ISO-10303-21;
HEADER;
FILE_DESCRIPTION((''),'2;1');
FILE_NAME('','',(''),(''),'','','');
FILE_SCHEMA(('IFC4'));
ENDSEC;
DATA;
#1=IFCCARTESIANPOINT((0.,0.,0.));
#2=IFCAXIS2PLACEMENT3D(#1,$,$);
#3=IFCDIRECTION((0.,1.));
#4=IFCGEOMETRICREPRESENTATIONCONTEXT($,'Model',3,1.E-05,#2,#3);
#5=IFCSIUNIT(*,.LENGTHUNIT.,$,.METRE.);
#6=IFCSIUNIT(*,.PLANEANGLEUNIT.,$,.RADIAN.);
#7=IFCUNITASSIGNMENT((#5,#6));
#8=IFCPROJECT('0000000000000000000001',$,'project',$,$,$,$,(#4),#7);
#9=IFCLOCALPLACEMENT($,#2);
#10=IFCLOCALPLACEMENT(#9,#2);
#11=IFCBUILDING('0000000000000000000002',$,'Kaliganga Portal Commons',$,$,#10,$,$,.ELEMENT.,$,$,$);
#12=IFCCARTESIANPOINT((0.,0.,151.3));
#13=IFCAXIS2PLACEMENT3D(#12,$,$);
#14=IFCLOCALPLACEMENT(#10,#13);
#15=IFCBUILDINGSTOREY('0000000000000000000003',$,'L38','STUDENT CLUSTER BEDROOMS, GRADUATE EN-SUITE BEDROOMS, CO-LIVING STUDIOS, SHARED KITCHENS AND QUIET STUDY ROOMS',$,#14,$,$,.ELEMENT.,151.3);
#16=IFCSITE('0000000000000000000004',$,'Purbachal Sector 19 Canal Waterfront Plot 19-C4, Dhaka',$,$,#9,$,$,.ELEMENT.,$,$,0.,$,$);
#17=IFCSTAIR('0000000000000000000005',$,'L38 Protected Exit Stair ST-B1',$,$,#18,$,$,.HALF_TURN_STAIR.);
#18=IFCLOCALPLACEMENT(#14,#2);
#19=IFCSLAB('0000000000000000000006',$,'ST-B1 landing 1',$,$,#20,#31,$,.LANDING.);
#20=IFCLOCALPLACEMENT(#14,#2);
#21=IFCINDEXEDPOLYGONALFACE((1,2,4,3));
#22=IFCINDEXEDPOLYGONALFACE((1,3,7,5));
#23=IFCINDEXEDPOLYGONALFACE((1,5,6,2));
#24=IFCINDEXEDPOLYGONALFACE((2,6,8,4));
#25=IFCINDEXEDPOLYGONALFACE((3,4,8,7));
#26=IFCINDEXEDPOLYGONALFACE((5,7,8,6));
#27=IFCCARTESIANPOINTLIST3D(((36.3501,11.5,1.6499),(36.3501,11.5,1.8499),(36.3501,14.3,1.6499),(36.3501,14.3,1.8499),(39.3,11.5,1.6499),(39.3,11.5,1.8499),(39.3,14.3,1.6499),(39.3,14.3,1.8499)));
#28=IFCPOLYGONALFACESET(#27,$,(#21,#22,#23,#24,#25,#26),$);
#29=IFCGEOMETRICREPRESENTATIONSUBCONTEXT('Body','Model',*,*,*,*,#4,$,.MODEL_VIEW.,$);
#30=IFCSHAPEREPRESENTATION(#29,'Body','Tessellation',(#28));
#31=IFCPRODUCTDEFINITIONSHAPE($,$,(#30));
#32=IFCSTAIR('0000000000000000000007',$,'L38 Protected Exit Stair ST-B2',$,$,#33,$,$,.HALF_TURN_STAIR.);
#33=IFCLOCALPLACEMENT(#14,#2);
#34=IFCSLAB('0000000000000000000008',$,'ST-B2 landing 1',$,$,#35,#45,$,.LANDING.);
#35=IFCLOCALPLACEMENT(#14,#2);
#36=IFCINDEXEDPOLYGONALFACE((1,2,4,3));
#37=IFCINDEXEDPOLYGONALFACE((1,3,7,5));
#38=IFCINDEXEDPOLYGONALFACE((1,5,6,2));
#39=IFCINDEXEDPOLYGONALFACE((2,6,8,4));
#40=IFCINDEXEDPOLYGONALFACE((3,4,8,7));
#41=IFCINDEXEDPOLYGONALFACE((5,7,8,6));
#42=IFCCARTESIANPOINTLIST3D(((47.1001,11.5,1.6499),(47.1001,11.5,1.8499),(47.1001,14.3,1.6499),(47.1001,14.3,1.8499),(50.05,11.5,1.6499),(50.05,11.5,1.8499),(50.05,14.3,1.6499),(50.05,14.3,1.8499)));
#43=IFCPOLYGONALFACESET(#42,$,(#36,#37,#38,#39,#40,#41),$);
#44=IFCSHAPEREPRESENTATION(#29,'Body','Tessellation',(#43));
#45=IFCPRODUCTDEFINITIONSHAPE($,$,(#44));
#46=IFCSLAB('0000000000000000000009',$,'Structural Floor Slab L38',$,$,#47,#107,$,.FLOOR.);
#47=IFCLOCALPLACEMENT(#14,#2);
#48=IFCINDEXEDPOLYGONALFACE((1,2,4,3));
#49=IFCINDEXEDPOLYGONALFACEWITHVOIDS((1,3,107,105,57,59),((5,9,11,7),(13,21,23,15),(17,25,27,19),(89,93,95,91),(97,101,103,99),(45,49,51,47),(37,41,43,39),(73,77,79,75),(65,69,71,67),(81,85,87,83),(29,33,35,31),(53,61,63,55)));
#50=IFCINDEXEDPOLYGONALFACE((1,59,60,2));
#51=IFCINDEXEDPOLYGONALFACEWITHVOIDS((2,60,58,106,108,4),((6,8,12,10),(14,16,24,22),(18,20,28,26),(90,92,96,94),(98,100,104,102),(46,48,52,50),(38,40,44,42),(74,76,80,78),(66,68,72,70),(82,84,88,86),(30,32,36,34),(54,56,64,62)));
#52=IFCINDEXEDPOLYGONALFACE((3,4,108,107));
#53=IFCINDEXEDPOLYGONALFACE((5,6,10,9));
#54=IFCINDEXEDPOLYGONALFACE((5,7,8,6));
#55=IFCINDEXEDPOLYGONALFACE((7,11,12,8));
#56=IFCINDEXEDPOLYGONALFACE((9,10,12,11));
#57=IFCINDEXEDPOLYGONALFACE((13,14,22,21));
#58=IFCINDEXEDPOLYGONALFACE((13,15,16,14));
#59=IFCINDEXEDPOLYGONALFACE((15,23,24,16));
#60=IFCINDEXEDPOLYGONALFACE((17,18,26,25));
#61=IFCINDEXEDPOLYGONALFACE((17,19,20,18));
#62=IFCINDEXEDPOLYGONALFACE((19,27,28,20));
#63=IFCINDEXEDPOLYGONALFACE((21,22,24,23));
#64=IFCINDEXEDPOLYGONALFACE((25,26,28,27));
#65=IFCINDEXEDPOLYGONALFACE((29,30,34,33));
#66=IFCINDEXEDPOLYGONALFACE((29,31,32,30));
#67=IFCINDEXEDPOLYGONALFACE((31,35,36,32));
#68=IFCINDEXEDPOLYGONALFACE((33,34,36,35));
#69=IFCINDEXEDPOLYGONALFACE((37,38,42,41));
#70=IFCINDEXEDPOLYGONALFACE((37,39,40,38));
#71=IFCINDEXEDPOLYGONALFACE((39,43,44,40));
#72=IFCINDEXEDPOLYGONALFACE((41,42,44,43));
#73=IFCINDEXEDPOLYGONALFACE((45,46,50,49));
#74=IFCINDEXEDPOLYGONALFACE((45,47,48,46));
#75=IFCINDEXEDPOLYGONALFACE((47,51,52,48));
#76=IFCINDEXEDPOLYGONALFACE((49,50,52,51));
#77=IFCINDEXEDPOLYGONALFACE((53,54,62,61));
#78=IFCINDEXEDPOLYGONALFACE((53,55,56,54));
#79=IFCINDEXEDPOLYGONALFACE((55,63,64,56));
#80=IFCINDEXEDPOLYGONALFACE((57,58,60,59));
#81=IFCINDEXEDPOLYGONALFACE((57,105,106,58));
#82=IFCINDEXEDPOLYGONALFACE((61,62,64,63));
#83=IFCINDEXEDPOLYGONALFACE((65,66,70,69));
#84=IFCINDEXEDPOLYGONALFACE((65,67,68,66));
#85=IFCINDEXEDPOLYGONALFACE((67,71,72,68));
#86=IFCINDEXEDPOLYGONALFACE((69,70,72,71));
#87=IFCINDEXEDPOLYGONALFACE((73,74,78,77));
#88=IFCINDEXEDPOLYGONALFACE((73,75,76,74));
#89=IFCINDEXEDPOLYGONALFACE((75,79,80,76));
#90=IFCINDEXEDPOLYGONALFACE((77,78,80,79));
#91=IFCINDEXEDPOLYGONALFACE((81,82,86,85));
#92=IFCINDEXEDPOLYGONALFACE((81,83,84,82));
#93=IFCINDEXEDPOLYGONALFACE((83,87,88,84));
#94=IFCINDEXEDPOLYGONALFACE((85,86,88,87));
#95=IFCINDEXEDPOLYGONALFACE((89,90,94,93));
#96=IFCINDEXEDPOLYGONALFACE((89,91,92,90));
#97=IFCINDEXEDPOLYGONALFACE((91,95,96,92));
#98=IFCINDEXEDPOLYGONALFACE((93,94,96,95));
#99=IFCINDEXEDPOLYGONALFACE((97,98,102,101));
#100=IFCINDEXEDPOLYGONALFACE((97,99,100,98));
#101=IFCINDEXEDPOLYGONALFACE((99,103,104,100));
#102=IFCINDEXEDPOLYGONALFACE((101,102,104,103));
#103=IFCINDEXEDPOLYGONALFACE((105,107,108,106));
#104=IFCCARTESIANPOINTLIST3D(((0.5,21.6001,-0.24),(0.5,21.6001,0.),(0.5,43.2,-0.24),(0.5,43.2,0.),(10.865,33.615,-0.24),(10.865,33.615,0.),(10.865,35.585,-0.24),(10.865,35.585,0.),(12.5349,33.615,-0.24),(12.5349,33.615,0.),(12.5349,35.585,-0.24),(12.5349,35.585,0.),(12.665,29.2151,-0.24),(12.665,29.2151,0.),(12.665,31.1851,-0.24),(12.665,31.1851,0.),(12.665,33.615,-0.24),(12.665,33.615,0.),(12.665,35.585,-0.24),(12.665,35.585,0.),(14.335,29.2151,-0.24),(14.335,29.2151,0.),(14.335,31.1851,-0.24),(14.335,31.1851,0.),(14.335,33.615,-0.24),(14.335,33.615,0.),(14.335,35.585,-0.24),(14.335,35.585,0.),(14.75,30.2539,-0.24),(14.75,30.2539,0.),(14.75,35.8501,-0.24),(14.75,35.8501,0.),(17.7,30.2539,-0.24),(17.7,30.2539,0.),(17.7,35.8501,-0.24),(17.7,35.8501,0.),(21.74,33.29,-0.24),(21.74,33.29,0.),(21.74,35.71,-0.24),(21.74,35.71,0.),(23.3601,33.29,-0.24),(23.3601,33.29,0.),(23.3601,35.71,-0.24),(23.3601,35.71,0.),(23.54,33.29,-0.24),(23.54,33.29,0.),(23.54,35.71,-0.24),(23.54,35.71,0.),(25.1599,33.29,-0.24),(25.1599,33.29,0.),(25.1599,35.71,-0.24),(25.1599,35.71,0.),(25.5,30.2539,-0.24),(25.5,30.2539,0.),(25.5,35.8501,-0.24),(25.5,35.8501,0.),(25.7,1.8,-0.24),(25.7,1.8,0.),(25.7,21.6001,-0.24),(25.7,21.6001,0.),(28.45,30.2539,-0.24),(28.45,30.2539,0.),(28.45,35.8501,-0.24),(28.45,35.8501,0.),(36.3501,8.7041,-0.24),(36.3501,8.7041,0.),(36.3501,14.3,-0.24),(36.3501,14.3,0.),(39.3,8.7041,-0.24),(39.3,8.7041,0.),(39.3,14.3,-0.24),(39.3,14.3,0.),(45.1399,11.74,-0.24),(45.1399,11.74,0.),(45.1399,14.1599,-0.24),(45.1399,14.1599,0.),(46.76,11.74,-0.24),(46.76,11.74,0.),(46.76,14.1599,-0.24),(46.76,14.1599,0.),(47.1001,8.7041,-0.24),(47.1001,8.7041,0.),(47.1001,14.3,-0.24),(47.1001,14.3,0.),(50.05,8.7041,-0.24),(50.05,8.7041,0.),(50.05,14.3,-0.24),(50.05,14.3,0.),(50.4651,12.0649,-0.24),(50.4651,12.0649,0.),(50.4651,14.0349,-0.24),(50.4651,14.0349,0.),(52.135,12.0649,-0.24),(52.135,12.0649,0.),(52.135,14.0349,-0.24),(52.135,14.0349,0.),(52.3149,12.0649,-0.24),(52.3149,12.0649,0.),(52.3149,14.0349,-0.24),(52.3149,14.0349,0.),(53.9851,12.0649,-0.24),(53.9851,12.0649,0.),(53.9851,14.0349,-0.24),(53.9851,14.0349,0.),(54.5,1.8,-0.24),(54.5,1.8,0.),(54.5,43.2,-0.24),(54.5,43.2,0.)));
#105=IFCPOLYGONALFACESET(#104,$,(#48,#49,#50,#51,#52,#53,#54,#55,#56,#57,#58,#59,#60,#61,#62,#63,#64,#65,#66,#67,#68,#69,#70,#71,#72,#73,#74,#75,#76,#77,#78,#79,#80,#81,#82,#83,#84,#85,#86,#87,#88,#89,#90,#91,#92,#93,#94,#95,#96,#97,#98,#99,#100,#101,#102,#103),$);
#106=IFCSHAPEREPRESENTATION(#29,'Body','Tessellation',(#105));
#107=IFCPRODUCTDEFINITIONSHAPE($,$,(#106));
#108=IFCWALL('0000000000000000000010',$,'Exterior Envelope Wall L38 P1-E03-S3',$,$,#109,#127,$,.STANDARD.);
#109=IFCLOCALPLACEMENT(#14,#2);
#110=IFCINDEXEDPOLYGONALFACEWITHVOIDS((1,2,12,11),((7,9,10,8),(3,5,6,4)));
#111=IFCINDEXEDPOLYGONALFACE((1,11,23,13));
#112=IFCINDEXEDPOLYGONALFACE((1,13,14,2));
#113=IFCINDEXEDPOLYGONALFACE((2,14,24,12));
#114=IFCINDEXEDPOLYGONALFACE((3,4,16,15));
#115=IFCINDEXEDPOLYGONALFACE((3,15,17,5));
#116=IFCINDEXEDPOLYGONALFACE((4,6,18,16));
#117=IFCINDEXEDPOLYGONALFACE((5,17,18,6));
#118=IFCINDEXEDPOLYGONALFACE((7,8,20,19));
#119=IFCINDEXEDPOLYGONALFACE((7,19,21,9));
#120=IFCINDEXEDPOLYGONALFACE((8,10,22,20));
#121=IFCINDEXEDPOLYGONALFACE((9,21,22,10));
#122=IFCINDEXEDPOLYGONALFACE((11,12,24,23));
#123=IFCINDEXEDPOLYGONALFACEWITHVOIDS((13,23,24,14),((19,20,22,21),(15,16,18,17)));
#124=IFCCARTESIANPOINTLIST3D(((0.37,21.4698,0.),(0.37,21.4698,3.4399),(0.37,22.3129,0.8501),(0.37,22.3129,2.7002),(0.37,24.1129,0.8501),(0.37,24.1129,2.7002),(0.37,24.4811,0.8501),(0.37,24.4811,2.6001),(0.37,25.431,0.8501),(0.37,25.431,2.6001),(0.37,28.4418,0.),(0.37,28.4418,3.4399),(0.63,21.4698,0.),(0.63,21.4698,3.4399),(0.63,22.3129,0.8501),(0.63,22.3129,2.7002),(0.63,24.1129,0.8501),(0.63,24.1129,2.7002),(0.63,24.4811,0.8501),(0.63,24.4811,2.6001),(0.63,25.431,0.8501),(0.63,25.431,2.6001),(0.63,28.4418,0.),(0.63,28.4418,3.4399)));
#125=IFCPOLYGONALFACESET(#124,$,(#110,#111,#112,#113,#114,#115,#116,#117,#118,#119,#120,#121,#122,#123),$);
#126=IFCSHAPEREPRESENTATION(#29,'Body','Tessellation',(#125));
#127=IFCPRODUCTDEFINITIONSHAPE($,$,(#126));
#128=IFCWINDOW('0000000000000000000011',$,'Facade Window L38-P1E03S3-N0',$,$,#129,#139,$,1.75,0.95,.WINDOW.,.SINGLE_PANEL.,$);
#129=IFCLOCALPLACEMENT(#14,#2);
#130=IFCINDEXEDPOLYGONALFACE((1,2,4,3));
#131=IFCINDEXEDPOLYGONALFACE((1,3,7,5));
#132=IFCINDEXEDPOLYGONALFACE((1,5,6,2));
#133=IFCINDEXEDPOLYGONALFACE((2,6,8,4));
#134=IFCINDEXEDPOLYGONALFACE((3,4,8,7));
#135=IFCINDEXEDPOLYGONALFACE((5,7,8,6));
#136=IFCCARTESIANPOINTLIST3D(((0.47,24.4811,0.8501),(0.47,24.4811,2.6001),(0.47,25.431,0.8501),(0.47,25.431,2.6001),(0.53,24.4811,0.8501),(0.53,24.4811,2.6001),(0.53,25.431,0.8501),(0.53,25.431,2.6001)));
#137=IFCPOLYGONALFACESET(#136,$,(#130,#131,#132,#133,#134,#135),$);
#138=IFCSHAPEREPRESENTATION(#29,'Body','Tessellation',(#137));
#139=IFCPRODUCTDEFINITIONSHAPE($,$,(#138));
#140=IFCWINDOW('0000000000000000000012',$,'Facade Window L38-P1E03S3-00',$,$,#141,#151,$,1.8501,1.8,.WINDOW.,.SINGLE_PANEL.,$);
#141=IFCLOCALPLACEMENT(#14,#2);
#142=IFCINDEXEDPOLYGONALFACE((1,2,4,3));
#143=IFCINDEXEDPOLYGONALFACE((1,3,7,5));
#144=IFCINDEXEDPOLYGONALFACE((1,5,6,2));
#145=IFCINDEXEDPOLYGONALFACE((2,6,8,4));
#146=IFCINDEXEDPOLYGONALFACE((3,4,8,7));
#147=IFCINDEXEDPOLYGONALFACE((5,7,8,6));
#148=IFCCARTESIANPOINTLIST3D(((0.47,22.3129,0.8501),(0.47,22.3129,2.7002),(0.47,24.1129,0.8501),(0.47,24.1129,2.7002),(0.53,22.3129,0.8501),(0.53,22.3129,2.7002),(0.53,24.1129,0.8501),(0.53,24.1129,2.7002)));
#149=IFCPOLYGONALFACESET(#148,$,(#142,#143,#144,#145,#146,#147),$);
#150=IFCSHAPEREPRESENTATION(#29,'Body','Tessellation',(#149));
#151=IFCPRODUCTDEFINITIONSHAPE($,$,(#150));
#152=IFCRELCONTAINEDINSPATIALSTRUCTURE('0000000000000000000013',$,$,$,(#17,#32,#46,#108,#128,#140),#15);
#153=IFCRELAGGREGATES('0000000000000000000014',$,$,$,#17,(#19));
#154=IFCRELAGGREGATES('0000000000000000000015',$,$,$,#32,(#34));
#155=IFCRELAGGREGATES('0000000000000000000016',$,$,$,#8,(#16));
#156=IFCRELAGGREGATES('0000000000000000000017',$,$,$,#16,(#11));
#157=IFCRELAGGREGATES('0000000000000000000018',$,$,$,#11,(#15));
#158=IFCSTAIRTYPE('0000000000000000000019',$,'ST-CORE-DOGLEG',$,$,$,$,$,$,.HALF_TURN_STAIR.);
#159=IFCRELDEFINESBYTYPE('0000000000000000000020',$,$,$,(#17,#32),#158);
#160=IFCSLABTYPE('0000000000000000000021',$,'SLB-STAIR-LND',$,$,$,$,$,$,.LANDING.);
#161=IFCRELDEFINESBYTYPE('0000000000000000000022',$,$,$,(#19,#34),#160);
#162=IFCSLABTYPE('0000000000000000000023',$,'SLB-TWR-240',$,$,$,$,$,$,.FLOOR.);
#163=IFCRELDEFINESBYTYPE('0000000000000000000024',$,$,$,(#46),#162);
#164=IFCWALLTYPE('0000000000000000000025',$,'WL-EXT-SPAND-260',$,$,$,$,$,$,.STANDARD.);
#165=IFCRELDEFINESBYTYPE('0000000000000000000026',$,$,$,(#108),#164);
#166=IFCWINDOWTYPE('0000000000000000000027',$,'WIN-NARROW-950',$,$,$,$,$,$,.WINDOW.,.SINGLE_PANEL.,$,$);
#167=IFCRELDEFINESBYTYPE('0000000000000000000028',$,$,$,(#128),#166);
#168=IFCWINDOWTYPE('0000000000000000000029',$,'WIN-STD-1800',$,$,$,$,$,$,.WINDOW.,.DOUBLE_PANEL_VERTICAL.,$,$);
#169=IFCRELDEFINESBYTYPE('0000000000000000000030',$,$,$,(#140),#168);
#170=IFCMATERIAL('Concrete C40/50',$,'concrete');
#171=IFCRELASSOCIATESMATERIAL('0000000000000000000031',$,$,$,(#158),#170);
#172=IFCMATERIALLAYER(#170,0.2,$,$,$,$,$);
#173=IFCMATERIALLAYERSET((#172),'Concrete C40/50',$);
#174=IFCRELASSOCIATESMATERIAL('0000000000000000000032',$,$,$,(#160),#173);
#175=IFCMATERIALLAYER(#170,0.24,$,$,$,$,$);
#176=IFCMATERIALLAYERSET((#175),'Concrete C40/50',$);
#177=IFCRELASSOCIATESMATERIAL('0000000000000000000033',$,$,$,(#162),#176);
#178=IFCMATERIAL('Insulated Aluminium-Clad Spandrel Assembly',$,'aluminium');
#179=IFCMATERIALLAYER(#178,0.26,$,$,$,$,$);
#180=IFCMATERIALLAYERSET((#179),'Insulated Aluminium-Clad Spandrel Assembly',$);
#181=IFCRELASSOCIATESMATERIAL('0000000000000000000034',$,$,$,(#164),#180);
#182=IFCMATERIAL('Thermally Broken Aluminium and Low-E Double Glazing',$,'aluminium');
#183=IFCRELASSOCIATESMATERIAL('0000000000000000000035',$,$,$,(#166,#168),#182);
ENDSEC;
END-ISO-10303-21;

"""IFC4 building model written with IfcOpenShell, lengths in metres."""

from ifc_helpers import new_model, si_unit, direction, frame, frame_2d, origin, place, context, subcontext, project, spatial, polyline, rectangle, outline, extrude, material, layer, layer_set, type_object, element, fill, aggregate, save


model = new_model("IFC4")

# Units and contexts
model_context = context("Model", 3, precision=1e-05, world=origin(), true_north=direction((0.0, 1.0)))
body_context = subcontext(model_context, "Body", "Model", "MODEL_VIEW")
ifc_project = project(units=[si_unit("LENGTHUNIT", "METRE"), si_unit("PLANEANGLEUNIT", "RADIAN")], contexts=[model_context])

# Site, building, storey
site_placement = place(None, origin())
site = spatial("IfcSite", under=ifc_project, at=site_placement, Name="Purbachal Sector 19 Canal Waterfront Plot 19-C4, Dhaka", CompositionType="ELEMENT", RefElevation=0.0)
building_placement = place(site_placement, origin())
building = spatial("IfcBuilding", under=site, at=building_placement, Name="Kaliganga Portal Commons", CompositionType="ELEMENT")
storey_placement = place(building_placement, frame((0.0, 0.0, 151.3)))
storey = spatial("IfcBuildingStorey", under=building, at=storey_placement, Name="L38", Description="STUDENT CLUSTER BEDROOMS, GRADUATE EN-SUITE BEDROOMS, CO-LIVING STUDIOS, SHARED KITCHENS AND QUIET STUDY ROOMS", CompositionType="ELEMENT", Elevation=151.3)

# Shared definitions
ifc_material_1 = material(Name="Concrete C40/50", Category="concrete")

# Stairs, slabs
stair_type = type_object("IfcStairType", Name="ST-CORE-DOGLEG", PredefinedType="HALF_TURN_STAIR", material=ifc_material_1)
ifc_layer_1 = layer(ifc_material_1, 0.2)
ifc_layer_set_1 = layer_set([ifc_layer_1], Name="Concrete C40/50")
slab_type_1 = type_object("IfcSlabType", Name="SLB-STAIR-LND", PredefinedType="LANDING", material=ifc_layer_set_1)
stair_1_placement = place(storey_placement, origin())
stair_1 = element("IfcStair", 1, at=stair_1_placement, inside=storey, type_object=stair_type, Name="L38 Protected Exit Stair ST-B1", PredefinedType="HALF_TURN_STAIR")
slab_1_placement = place(storey_placement, frame((0.0, 0.0, 1.6499)))
slab_1 = element("IfcSlab", 2, at=slab_1_placement, type_object=slab_type_1, Name="ST-B1 landing 1", PredefinedType="LANDING", context=body_context, shape_type="SweptSolid", body=[
    extrude(outline(polyline([(39.3, 11.5), (39.3, 14.3), (36.3501, 14.3), (36.3501, 11.5), (39.3, 11.5)])), origin(), (0.0, 0.0, 1.0), 0.2),
])
aggregate(stair_1, [slab_1])
stair_2_placement = place(storey_placement, origin())
stair_2 = element("IfcStair", 3, at=stair_2_placement, inside=storey, type_object=stair_type, Name="L38 Protected Exit Stair ST-B2", PredefinedType="HALF_TURN_STAIR")
slab_2_placement = place(storey_placement, frame((0.0, 0.0, 1.6499)))
slab_2 = element("IfcSlab", 4, at=slab_2_placement, type_object=slab_type_1, Name="ST-B2 landing 1", PredefinedType="LANDING", context=body_context, shape_type="SweptSolid", body=[
    extrude(outline(polyline([(50.05, 11.5), (50.05, 14.3), (47.1001, 14.3), (47.1001, 11.5), (50.05, 11.5)])), origin(), (0.0, 0.0, 1.0), 0.2),
])
aggregate(stair_2, [slab_2])

# Slab
ifc_layer_2 = layer(ifc_material_1, 0.24)
ifc_layer_set_2 = layer_set([ifc_layer_2], Name="Concrete C40/50")
slab_type_2 = type_object("IfcSlabType", Name="SLB-TWR-240", PredefinedType="FLOOR", material=ifc_layer_set_2)
slab_3_placement = place(storey_placement, frame((0.0, 0.0, -0.24)))
element("IfcSlab", 5, at=slab_3_placement, inside=storey, type_object=slab_type_2, Name="Structural Floor Slab L38", PredefinedType="FLOOR", context=body_context, shape_type="SweptSolid", body=[
    extrude(outline(polyline([(25.7, 1.8), (54.5, 1.8), (54.5, 43.2), (0.5, 43.2), (0.5, 21.6001), (25.7, 21.6001), (25.7, 1.8)]), holes=[polyline([(14.75, 30.2539), (14.75, 35.8501), (17.7, 35.8501), (17.7, 30.2539), (14.75, 30.2539)]), polyline([(25.5, 30.2539), (25.5, 35.8501), (28.45, 35.8501), (28.45, 30.2539), (25.5, 30.2539)]), polyline([(36.3501, 8.7041), (36.3501, 14.3), (39.3, 14.3), (39.3, 8.7041), (36.3501, 8.7041)]), polyline([(47.1001, 8.7041), (47.1001, 14.3), (50.05, 14.3), (50.05, 8.7041), (47.1001, 8.7041)]), polyline([(12.665, 33.615), (12.665, 35.585), (14.335, 35.585), (14.335, 33.615), (12.665, 33.615)]), polyline([(12.665, 29.2151), (12.665, 31.1851), (14.335, 31.1851), (14.335, 29.2151), (12.665, 29.2151)]), polyline([(10.865, 33.615), (10.865, 35.585), (12.5349, 35.585), (12.5349, 33.615), (10.865, 33.615)]), polyline([(21.74, 33.29), (21.74, 35.71), (23.3601, 35.71), (23.3601, 33.29), (21.74, 33.29)]), polyline([(23.54, 33.29), (23.54, 35.71), (25.1599, 35.71), (25.1599, 33.29), (23.54, 33.29)]), polyline([(50.4651, 12.0649), (50.4651, 14.0349), (52.135, 14.0349), (52.135, 12.0649), (50.4651, 12.0649)]), polyline([(52.3149, 12.0649), (52.3149, 14.0349), (53.9851, 14.0349), (53.9851, 12.0649), (52.3149, 12.0649)]), polyline([(45.1399, 11.74), (45.1399, 14.1599), (46.76, 14.1599), (46.76, 11.74), (45.1399, 11.74)])]), origin(), (0.0, 0.0, 1.0), 0.24),
])

# Wall, openings, windows
ifc_material_2 = material(Name="Insulated Aluminium-Clad Spandrel Assembly", Category="aluminium")
ifc_layer_3 = layer(ifc_material_2, 0.26)
ifc_layer_set_3 = layer_set([ifc_layer_3], Name="Insulated Aluminium-Clad Spandrel Assembly")
wall_type_1 = type_object("IfcWallType", Name="WL-EXT-SPAND-260", PredefinedType="STANDARD", material=ifc_layer_set_3)
wall_1_placement = place(storey_placement, frame((0.5, 21.47, 0.0), z_axis=(0.0, 0.0, 1.0), x_axis=(0.0, 1.0, 0.0)))
wall_1 = element("IfcWall", 6, at=wall_1_placement, inside=storey, type_object=wall_type_1, Name="Exterior Envelope Wall L38 P1-E03-S3", PredefinedType="STANDARD", context=body_context, shape_type="SweptSolid", body=[
    extrude(rectangle(XDim=6.9719, YDim=0.26, at=frame_2d((3.4858, 0.0))), origin(), (0.0, 0.0, 1.0), 3.4399),
])
opening_1_placement = place(wall_1_placement, frame((0.843, 0.0, 0.8501)))
opening_1 = element("IfcOpeningElement", 7, at=opening_1_placement, cuts=wall_1, PredefinedType="OPENING", context=body_context, shape_type="SweptSolid", body=[
    extrude(rectangle(XDim=1.8, YDim=1.8501, at=frame_2d((0.8999, 0.925))), frame((0.0, 0.1401, 0.0), z_axis=(0.0, -1.0, 0.0), x_axis=(1.0, 0.0, 0.0)), (0.0, 0.0, 1.0), 0.28),
])
opening_2_placement = place(wall_1_placement, frame((3.011, 0.0, 0.8501)))
opening_2 = element("IfcOpeningElement", 8, at=opening_2_placement, cuts=wall_1, PredefinedType="OPENING", context=body_context, shape_type="SweptSolid", body=[
    extrude(rectangle(XDim=0.95, YDim=1.75, at=frame_2d((0.4751, 0.875))), frame((0.0, 0.1401, 0.0), z_axis=(0.0, -1.0, 0.0), x_axis=(1.0, 0.0, 0.0)), (0.0, 0.0, 1.0), 0.28),
])
ifc_material_3 = material(Name="Thermally Broken Aluminium and Low-E Double Glazing", Category="aluminium")
window_type_1 = type_object("IfcWindowType", Name="WIN-NARROW-950", PartitioningType="SINGLE_PANEL", PredefinedType="WINDOW", material=ifc_material_3)
window_1_placement = place(opening_2_placement, origin())
window_1 = element("IfcWindow", 9, at=window_1_placement, inside=storey, type_object=window_type_1, Name="Facade Window L38-P1E03S3-N0", OverallHeight=1.75, OverallWidth=0.95, PartitioningType="SINGLE_PANEL", PredefinedType="WINDOW", context=body_context, shape_type="SweptSolid", body=[
    extrude(rectangle(XDim=0.95, YDim=1.75, at=frame_2d((0.4751, 0.875))), frame((0.0, 0.03, 0.0), z_axis=(0.0, -1.0, 0.0), x_axis=(1.0, 0.0, 0.0)), (0.0, 0.0, 1.0), 0.0601),
])
fill(opening_2, window_1)
window_type_2 = type_object("IfcWindowType", Name="WIN-STD-1800", PartitioningType="DOUBLE_PANEL_VERTICAL", PredefinedType="WINDOW", material=ifc_material_3)
window_2_placement = place(opening_1_placement, origin())
window_2 = element("IfcWindow", 10, at=window_2_placement, inside=storey, type_object=window_type_2, Name="Facade Window L38-P1E03S3-00", OverallHeight=1.8501, OverallWidth=1.8, PartitioningType="SINGLE_PANEL", PredefinedType="WINDOW", context=body_context, shape_type="SweptSolid", body=[
    extrude(rectangle(XDim=1.8, YDim=1.8501, at=frame_2d((0.8999, 0.925))), frame((0.0, 0.03, 0.0), z_axis=(0.0, -1.0, 0.0), x_axis=(1.0, 0.0, 0.0)), (0.0, 0.0, 1.0), 0.0601),
])
fill(opening_1, window_2)

save(model, "model.ifc")
